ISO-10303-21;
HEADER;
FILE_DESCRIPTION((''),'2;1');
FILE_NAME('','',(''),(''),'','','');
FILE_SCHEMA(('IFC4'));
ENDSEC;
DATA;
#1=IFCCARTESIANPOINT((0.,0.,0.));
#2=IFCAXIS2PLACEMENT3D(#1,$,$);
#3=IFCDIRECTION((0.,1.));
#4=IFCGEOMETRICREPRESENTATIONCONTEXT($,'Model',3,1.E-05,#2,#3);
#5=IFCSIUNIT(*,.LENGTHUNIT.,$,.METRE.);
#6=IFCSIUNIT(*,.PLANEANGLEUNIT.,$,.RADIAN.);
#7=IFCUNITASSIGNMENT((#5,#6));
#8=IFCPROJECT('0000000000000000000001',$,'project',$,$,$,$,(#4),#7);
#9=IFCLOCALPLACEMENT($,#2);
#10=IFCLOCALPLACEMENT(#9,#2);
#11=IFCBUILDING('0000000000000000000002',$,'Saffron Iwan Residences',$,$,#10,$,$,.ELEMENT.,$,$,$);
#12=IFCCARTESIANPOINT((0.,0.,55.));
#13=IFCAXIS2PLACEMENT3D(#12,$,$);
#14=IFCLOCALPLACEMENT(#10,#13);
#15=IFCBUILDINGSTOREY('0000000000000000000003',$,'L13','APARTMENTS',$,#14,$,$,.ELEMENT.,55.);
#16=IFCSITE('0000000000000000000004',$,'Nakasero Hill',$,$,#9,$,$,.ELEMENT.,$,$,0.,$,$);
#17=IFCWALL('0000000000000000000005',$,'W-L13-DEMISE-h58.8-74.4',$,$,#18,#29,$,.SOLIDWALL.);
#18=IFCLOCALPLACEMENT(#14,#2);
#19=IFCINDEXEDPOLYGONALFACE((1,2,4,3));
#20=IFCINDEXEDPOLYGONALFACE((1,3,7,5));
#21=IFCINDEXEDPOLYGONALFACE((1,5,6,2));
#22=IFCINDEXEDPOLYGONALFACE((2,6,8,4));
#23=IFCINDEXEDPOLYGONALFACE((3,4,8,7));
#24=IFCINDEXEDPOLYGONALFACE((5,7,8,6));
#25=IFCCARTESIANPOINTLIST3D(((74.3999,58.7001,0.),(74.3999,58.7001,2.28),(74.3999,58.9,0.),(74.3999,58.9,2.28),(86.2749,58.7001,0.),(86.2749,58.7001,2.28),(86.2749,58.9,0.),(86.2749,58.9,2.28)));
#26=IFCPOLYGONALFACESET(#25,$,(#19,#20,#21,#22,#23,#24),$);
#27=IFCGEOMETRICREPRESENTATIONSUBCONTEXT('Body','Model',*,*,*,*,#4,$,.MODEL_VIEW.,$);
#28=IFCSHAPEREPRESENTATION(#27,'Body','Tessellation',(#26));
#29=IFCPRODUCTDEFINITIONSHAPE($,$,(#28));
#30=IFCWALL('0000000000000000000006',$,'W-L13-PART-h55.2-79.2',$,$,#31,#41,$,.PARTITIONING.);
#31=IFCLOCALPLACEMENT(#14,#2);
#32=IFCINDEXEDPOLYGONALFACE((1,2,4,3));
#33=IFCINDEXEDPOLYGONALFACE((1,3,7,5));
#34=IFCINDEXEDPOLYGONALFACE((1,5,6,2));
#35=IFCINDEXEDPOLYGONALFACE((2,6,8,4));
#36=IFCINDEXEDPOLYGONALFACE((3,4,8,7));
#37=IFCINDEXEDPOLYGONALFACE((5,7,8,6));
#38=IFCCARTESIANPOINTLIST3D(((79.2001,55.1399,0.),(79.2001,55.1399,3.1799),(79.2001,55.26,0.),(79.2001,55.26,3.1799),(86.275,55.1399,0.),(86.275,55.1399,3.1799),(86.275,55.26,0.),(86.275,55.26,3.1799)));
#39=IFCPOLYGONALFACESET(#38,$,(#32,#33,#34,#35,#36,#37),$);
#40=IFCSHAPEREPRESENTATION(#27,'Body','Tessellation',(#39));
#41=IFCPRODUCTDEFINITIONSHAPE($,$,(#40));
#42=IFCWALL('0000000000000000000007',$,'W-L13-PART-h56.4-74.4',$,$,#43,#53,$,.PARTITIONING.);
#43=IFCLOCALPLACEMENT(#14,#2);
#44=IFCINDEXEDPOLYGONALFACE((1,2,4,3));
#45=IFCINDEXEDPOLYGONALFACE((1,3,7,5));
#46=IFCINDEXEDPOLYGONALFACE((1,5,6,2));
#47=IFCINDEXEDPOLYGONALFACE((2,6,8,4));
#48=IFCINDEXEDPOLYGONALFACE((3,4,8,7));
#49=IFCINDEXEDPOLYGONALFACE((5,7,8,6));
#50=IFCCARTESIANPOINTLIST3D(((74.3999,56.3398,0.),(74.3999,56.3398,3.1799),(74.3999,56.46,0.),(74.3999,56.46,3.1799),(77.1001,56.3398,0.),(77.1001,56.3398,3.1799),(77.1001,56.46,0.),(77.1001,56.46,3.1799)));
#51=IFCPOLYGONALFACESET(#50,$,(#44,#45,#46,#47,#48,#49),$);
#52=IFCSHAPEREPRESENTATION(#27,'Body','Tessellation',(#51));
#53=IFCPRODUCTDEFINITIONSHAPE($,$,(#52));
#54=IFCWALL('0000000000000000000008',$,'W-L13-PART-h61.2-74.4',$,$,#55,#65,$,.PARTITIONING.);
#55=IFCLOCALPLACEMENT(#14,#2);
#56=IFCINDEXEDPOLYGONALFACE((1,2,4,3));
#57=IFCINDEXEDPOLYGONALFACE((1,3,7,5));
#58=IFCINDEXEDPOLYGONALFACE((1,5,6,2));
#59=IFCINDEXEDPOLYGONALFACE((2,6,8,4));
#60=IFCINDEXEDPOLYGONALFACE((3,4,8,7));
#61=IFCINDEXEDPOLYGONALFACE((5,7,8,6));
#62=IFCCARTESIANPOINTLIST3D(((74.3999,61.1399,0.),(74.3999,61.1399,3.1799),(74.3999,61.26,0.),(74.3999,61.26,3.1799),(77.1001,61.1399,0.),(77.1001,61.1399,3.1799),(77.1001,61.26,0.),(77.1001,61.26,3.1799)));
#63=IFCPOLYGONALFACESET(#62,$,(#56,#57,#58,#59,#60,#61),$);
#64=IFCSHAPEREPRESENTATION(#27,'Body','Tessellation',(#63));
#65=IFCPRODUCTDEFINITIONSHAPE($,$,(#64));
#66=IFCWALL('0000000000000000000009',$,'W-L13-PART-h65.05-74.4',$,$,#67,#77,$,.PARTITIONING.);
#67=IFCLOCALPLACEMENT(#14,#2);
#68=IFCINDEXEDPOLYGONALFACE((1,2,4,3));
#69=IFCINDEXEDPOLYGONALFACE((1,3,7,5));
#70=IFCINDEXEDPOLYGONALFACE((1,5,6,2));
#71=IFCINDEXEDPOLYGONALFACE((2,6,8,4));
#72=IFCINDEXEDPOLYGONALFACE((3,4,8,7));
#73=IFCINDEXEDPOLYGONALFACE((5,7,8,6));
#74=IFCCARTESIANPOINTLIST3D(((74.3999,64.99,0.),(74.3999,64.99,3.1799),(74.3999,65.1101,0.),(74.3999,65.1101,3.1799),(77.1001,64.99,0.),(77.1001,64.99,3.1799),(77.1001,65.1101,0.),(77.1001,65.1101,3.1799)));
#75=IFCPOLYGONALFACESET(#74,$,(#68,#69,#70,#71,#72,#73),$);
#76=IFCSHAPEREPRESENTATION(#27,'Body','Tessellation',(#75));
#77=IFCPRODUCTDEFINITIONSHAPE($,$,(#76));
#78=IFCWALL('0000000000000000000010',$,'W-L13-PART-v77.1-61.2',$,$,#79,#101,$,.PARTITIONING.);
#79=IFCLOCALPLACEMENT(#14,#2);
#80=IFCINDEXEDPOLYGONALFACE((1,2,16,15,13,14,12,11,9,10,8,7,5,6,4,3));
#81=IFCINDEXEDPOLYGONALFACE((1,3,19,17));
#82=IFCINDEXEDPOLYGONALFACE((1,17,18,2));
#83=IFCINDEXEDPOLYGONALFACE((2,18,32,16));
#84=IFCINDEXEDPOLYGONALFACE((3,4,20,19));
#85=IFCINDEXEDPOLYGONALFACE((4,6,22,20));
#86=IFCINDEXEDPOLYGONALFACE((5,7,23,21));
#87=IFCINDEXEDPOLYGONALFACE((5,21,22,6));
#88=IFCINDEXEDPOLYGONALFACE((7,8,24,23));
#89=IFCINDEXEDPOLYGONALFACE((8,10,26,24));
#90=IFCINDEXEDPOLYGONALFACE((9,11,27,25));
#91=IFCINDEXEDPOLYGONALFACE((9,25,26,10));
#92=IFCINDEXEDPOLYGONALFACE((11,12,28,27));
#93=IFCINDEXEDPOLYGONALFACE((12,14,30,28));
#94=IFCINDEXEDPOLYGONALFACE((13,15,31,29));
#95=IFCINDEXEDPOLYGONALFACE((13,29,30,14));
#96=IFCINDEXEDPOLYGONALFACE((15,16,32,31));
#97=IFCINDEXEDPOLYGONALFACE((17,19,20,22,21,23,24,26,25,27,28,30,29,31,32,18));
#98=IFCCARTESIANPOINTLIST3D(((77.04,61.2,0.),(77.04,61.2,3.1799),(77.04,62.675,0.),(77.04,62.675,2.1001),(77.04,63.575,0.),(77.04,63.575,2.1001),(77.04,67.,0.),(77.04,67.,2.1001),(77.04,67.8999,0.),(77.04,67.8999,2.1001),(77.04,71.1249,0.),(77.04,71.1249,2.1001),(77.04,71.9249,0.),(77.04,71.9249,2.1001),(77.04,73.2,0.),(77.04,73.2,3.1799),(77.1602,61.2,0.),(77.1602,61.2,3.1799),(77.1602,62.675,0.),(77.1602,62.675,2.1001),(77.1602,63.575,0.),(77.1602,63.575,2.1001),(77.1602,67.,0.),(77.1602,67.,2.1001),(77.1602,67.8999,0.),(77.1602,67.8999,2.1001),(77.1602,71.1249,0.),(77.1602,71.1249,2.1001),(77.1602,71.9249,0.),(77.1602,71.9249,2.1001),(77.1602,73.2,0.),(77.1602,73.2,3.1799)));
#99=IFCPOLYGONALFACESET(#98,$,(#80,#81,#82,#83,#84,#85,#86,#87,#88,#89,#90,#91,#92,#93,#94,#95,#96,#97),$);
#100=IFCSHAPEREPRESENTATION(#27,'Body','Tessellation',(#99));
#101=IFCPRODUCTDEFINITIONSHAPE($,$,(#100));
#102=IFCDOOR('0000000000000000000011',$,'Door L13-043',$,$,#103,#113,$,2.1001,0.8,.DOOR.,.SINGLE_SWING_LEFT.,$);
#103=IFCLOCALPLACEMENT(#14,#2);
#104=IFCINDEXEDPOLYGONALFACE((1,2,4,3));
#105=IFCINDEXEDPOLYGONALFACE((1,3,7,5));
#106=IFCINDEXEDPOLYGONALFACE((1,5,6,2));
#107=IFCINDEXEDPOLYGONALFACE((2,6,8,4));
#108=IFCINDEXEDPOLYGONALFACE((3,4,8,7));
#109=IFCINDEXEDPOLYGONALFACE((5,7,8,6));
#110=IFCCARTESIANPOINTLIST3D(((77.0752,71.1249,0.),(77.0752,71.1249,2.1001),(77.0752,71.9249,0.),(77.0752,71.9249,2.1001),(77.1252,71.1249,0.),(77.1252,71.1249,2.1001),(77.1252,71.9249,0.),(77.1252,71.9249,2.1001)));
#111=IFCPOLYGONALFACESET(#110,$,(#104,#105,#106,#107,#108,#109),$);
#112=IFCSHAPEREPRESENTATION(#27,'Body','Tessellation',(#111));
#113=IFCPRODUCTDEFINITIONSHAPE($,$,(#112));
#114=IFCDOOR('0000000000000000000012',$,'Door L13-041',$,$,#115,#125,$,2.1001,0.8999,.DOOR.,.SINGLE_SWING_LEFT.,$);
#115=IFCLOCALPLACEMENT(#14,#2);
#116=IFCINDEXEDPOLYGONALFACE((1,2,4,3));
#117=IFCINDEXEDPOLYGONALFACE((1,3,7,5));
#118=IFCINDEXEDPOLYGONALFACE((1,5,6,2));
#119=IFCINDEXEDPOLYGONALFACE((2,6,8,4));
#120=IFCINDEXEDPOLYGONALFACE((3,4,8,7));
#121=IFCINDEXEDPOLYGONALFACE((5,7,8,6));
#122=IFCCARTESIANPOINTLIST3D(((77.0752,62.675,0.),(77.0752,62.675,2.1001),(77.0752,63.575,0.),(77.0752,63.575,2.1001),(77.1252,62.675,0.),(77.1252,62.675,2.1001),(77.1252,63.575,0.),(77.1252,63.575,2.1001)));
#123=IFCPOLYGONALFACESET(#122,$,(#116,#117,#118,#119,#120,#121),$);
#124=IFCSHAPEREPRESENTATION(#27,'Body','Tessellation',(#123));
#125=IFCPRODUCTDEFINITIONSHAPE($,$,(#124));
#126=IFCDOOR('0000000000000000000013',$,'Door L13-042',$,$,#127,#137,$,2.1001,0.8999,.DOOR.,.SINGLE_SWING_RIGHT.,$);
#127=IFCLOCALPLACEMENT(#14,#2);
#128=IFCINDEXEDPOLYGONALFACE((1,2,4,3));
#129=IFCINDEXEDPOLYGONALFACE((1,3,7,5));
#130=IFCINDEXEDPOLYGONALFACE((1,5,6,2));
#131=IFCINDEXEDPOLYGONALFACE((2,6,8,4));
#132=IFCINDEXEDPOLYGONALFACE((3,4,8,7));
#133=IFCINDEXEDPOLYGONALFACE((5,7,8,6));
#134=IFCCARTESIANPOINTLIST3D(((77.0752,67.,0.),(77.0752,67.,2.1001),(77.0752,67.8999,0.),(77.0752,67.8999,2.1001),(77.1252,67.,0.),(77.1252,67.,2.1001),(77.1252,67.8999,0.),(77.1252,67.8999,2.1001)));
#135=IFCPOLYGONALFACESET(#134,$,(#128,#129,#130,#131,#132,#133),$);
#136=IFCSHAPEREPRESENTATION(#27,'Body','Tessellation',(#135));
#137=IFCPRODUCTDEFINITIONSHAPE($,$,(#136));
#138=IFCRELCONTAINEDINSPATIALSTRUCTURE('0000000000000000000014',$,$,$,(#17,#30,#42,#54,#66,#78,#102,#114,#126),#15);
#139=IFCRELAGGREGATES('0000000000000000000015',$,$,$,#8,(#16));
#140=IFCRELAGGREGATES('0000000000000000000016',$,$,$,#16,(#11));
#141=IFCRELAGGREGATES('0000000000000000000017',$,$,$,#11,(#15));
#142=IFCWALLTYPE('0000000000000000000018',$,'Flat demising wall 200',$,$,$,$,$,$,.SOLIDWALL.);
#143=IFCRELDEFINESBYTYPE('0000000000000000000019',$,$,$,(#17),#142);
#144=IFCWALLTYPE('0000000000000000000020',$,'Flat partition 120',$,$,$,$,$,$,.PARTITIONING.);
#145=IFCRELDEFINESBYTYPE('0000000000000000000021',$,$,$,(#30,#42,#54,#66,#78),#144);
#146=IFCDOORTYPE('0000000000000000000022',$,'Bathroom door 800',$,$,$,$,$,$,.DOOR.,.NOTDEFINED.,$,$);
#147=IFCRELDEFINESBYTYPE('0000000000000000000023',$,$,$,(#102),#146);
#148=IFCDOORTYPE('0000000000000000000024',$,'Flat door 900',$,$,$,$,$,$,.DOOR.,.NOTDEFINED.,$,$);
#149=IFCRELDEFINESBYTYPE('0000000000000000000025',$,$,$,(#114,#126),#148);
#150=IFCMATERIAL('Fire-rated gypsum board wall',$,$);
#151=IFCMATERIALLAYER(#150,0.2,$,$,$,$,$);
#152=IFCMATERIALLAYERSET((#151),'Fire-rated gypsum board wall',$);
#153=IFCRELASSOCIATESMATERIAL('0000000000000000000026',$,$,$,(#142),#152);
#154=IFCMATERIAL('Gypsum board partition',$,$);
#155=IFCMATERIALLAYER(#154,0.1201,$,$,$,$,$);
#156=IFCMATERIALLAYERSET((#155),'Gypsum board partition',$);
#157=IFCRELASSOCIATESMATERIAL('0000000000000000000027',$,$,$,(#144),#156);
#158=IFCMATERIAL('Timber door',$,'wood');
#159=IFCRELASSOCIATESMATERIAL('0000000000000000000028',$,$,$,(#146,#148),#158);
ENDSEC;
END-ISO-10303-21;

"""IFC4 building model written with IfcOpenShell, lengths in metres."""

from ifc_helpers import new_model, si_unit, direction, frame, frame_2d, origin, place, context, subcontext, project, spatial, rectangle, extrude, material, layer, layer_set, type_object, element, fill, save


model = new_model("IFC4")

# Units and contexts
model_context = context("Model", 3, precision=1e-05, world=origin(), true_north=direction((0.0, 1.0)))
body_context = subcontext(model_context, "Body", "Model", "MODEL_VIEW")
ifc_project = project(units=[si_unit("LENGTHUNIT", "METRE"), si_unit("PLANEANGLEUNIT", "RADIAN")], contexts=[model_context])

# Site, building, storey
site_placement = place(None, origin())
site = spatial("IfcSite", under=ifc_project, at=site_placement, Name="Nakasero Hill", CompositionType="ELEMENT", RefElevation=0.0)
building_placement = place(site_placement, origin())
building = spatial("IfcBuilding", under=site, at=building_placement, Name="Saffron Iwan Residences", CompositionType="ELEMENT")
storey_placement = place(building_placement, frame((0.0, 0.0, 55.0)))
storey = spatial("IfcBuildingStorey", under=building, at=storey_placement, Name="L13", Description="APARTMENTS", CompositionType="ELEMENT", Elevation=55.0)

# Walls
ifc_material_1 = material(Name="Fire-rated gypsum board wall")
ifc_layer_1 = layer(ifc_material_1, 0.2)
ifc_layer_set_1 = layer_set([ifc_layer_1], Name="Fire-rated gypsum board wall")
wall_type_1 = type_object("IfcWallType", Name="Flat demising wall 200", PredefinedType="SOLIDWALL", material=ifc_layer_set_1)
wall_1_placement = place(storey_placement, frame((74.3999, 58.8, 0.0), z_axis=(0.0, 0.0, 1.0), x_axis=(1.0, 0.0, 0.0)))
element("IfcWall", 1, at=wall_1_placement, inside=storey, type_object=wall_type_1, Name="W-L13-DEMISE-h58.8-74.4", PredefinedType="SOLIDWALL", context=body_context, shape_type="SweptSolid", body=[
    extrude(rectangle(XDim=11.875, YDim=0.2, at=frame_2d((5.9375, 0.0))), origin(), (0.0, 0.0, 1.0), 2.28),
])
ifc_material_2 = material(Name="Gypsum board partition")
ifc_layer_2 = layer(ifc_material_2, 0.1201)
ifc_layer_set_2 = layer_set([ifc_layer_2], Name="Gypsum board partition")
wall_type_2 = type_object("IfcWallType", Name="Flat partition 120", PredefinedType="PARTITIONING", material=ifc_layer_set_2)
wall_2_placement = place(storey_placement, frame((79.2, 55.2, 0.0), z_axis=(0.0, 0.0, 1.0), x_axis=(1.0, 0.0, 0.0)))
element("IfcWall", 2, at=wall_2_placement, inside=storey, type_object=wall_type_2, Name="W-L13-PART-h55.2-79.2", PredefinedType="PARTITIONING", context=body_context, shape_type="SweptSolid", body=[
    extrude(rectangle(XDim=7.075, YDim=0.1201, at=frame_2d((3.5376, 0.0))), origin(), (0.0, 0.0, 1.0), 3.1799),
])
for number, where, z_axis, x_axis, name in (
    (3, (74.3999, 56.3999, 0.0), (0.0, 0.0, 1.0), (1.0, 0.0, 0.0), "W-L13-PART-h56.4-74.4"),
    (4, (74.3999, 61.2, 0.0), (0.0, 0.0, 1.0), (1.0, 0.0, 0.0), "W-L13-PART-h61.2-74.4"),
    (5, (74.3999, 65.05, 0.0), (0.0, 0.0, 1.0), (1.0, 0.0, 0.0), "W-L13-PART-h65.05-74.4"),
):
    element("IfcWall", number, at=place(storey_placement, frame(where, z_axis=z_axis, x_axis=x_axis)), inside=storey, type_object=wall_type_2, Name=name, PredefinedType="PARTITIONING", context=body_context, shape_type="SweptSolid", body=[
        extrude(rectangle(XDim=2.7002, YDim=0.1201, at=frame_2d((1.3501, 0.0))), origin(), (0.0, 0.0, 1.0), 3.1799),
    ])

# Wall, openings, doors
wall_3_placement = place(storey_placement, frame((77.1001, 61.2, 0.0), z_axis=(0.0, 0.0, 1.0), x_axis=(0.0, 1.0, 0.0)))
wall_3 = element("IfcWall", 6, at=wall_3_placement, inside=storey, type_object=wall_type_2, Name="W-L13-PART-v77.1-61.2", PredefinedType="PARTITIONING", context=body_context, shape_type="SweptSolid", body=[
    extrude(rectangle(XDim=12.0, YDim=0.1201, at=frame_2d((6.0, 0.0))), origin(), (0.0, 0.0, 1.0), 3.1799),
])
opening_1_placement = place(wall_3_placement, frame((1.4751, 0.0, 0.0)))
opening_1 = element("IfcOpeningElement", 7, at=opening_1_placement, cuts=wall_3, PredefinedType="OPENING", context=body_context, shape_type="SweptSolid", body=[
    extrude(rectangle(XDim=0.8999, YDim=2.1001, at=frame_2d((0.45, 1.05))), frame((0.0, 0.0701, 0.0), z_axis=(0.0, -1.0, 0.0), x_axis=(1.0, 0.0, 0.0)), (0.0, 0.0, 1.0), 0.1401),
])
opening_2_placement = place(wall_3_placement, frame((5.8, 0.0, 0.0)))
opening_2 = element("IfcOpeningElement", 8, at=opening_2_placement, cuts=wall_3, PredefinedType="OPENING", context=body_context, shape_type="SweptSolid", body=[
    extrude(rectangle(XDim=0.8999, YDim=2.1001, at=frame_2d((0.45, 1.05))), frame((0.0, 0.0701, 0.0), z_axis=(0.0, -1.0, 0.0), x_axis=(1.0, 0.0, 0.0)), (0.0, 0.0, 1.0), 0.1401),
])
opening_3_placement = place(wall_3_placement, frame((9.925, 0.0, 0.0)))
opening_3 = element("IfcOpeningElement", 9, at=opening_3_placement, cuts=wall_3, PredefinedType="OPENING", context=body_context, shape_type="SweptSolid", body=[
    extrude(rectangle(XDim=0.8, YDim=2.1001, at=frame_2d((0.3999, 1.05))), frame((0.0, 0.0701, 0.0), z_axis=(0.0, -1.0, 0.0), x_axis=(1.0, 0.0, 0.0)), (0.0, 0.0, 1.0), 0.1401),
])
ifc_material_3 = material(Name="Timber door", Category="wood")
door_type_1 = type_object("IfcDoorType", Name="Bathroom door 800", OperationType="NOTDEFINED", PredefinedType="DOOR", material=ifc_material_3)
door_1_placement = place(opening_3_placement, origin())
door_1 = element("IfcDoor", 10, at=door_1_placement, inside=storey, type_object=door_type_1, Name="Door L13-043", OperationType="SINGLE_SWING_LEFT", OverallHeight=2.1001, OverallWidth=0.8, PredefinedType="DOOR", context=body_context, shape_type="SweptSolid", body=[
    extrude(rectangle(XDim=0.8, YDim=2.1001, at=frame_2d((0.3999, 1.05))), frame((0.0, 0.0249, 0.0), z_axis=(0.0, -1.0, 0.0), x_axis=(1.0, 0.0, 0.0)), (0.0, 0.0, 1.0), 0.05),
])
fill(opening_3, door_1)
door_type_2 = type_object("IfcDoorType", Name="Flat door 900", OperationType="NOTDEFINED", PredefinedType="DOOR", material=ifc_material_3)
door_2_placement = place(opening_1_placement, origin())
door_2 = element("IfcDoor", 11, at=door_2_placement, inside=storey, type_object=door_type_2, Name="Door L13-041", OperationType="SINGLE_SWING_LEFT", OverallHeight=2.1001, OverallWidth=0.8999, PredefinedType="DOOR", context=body_context, shape_type="SweptSolid", body=[
    extrude(rectangle(XDim=0.8999, YDim=2.1001, at=frame_2d((0.45, 1.05))), frame((0.0, 0.0249, 0.0), z_axis=(0.0, -1.0, 0.0), x_axis=(1.0, 0.0, 0.0)), (0.0, 0.0, 1.0), 0.05),
])
fill(opening_1, door_2)
door_3_placement = place(opening_2_placement, origin())
door_3 = element("IfcDoor", 12, at=door_3_placement, inside=storey, type_object=door_type_2, Name="Door L13-042", OperationType="SINGLE_SWING_RIGHT", OverallHeight=2.1001, OverallWidth=0.8999, PredefinedType="DOOR", context=body_context, shape_type="SweptSolid", body=[
    extrude(rectangle(XDim=0.8999, YDim=2.1001, at=frame_2d((0.45, 1.05))), frame((0.0, 0.0249, 0.0), z_axis=(0.0, -1.0, 0.0), x_axis=(1.0, 0.0, 0.0)), (0.0, 0.0, 1.0), 0.05),
])
fill(opening_2, door_3)

save(model, "model.ifc")
